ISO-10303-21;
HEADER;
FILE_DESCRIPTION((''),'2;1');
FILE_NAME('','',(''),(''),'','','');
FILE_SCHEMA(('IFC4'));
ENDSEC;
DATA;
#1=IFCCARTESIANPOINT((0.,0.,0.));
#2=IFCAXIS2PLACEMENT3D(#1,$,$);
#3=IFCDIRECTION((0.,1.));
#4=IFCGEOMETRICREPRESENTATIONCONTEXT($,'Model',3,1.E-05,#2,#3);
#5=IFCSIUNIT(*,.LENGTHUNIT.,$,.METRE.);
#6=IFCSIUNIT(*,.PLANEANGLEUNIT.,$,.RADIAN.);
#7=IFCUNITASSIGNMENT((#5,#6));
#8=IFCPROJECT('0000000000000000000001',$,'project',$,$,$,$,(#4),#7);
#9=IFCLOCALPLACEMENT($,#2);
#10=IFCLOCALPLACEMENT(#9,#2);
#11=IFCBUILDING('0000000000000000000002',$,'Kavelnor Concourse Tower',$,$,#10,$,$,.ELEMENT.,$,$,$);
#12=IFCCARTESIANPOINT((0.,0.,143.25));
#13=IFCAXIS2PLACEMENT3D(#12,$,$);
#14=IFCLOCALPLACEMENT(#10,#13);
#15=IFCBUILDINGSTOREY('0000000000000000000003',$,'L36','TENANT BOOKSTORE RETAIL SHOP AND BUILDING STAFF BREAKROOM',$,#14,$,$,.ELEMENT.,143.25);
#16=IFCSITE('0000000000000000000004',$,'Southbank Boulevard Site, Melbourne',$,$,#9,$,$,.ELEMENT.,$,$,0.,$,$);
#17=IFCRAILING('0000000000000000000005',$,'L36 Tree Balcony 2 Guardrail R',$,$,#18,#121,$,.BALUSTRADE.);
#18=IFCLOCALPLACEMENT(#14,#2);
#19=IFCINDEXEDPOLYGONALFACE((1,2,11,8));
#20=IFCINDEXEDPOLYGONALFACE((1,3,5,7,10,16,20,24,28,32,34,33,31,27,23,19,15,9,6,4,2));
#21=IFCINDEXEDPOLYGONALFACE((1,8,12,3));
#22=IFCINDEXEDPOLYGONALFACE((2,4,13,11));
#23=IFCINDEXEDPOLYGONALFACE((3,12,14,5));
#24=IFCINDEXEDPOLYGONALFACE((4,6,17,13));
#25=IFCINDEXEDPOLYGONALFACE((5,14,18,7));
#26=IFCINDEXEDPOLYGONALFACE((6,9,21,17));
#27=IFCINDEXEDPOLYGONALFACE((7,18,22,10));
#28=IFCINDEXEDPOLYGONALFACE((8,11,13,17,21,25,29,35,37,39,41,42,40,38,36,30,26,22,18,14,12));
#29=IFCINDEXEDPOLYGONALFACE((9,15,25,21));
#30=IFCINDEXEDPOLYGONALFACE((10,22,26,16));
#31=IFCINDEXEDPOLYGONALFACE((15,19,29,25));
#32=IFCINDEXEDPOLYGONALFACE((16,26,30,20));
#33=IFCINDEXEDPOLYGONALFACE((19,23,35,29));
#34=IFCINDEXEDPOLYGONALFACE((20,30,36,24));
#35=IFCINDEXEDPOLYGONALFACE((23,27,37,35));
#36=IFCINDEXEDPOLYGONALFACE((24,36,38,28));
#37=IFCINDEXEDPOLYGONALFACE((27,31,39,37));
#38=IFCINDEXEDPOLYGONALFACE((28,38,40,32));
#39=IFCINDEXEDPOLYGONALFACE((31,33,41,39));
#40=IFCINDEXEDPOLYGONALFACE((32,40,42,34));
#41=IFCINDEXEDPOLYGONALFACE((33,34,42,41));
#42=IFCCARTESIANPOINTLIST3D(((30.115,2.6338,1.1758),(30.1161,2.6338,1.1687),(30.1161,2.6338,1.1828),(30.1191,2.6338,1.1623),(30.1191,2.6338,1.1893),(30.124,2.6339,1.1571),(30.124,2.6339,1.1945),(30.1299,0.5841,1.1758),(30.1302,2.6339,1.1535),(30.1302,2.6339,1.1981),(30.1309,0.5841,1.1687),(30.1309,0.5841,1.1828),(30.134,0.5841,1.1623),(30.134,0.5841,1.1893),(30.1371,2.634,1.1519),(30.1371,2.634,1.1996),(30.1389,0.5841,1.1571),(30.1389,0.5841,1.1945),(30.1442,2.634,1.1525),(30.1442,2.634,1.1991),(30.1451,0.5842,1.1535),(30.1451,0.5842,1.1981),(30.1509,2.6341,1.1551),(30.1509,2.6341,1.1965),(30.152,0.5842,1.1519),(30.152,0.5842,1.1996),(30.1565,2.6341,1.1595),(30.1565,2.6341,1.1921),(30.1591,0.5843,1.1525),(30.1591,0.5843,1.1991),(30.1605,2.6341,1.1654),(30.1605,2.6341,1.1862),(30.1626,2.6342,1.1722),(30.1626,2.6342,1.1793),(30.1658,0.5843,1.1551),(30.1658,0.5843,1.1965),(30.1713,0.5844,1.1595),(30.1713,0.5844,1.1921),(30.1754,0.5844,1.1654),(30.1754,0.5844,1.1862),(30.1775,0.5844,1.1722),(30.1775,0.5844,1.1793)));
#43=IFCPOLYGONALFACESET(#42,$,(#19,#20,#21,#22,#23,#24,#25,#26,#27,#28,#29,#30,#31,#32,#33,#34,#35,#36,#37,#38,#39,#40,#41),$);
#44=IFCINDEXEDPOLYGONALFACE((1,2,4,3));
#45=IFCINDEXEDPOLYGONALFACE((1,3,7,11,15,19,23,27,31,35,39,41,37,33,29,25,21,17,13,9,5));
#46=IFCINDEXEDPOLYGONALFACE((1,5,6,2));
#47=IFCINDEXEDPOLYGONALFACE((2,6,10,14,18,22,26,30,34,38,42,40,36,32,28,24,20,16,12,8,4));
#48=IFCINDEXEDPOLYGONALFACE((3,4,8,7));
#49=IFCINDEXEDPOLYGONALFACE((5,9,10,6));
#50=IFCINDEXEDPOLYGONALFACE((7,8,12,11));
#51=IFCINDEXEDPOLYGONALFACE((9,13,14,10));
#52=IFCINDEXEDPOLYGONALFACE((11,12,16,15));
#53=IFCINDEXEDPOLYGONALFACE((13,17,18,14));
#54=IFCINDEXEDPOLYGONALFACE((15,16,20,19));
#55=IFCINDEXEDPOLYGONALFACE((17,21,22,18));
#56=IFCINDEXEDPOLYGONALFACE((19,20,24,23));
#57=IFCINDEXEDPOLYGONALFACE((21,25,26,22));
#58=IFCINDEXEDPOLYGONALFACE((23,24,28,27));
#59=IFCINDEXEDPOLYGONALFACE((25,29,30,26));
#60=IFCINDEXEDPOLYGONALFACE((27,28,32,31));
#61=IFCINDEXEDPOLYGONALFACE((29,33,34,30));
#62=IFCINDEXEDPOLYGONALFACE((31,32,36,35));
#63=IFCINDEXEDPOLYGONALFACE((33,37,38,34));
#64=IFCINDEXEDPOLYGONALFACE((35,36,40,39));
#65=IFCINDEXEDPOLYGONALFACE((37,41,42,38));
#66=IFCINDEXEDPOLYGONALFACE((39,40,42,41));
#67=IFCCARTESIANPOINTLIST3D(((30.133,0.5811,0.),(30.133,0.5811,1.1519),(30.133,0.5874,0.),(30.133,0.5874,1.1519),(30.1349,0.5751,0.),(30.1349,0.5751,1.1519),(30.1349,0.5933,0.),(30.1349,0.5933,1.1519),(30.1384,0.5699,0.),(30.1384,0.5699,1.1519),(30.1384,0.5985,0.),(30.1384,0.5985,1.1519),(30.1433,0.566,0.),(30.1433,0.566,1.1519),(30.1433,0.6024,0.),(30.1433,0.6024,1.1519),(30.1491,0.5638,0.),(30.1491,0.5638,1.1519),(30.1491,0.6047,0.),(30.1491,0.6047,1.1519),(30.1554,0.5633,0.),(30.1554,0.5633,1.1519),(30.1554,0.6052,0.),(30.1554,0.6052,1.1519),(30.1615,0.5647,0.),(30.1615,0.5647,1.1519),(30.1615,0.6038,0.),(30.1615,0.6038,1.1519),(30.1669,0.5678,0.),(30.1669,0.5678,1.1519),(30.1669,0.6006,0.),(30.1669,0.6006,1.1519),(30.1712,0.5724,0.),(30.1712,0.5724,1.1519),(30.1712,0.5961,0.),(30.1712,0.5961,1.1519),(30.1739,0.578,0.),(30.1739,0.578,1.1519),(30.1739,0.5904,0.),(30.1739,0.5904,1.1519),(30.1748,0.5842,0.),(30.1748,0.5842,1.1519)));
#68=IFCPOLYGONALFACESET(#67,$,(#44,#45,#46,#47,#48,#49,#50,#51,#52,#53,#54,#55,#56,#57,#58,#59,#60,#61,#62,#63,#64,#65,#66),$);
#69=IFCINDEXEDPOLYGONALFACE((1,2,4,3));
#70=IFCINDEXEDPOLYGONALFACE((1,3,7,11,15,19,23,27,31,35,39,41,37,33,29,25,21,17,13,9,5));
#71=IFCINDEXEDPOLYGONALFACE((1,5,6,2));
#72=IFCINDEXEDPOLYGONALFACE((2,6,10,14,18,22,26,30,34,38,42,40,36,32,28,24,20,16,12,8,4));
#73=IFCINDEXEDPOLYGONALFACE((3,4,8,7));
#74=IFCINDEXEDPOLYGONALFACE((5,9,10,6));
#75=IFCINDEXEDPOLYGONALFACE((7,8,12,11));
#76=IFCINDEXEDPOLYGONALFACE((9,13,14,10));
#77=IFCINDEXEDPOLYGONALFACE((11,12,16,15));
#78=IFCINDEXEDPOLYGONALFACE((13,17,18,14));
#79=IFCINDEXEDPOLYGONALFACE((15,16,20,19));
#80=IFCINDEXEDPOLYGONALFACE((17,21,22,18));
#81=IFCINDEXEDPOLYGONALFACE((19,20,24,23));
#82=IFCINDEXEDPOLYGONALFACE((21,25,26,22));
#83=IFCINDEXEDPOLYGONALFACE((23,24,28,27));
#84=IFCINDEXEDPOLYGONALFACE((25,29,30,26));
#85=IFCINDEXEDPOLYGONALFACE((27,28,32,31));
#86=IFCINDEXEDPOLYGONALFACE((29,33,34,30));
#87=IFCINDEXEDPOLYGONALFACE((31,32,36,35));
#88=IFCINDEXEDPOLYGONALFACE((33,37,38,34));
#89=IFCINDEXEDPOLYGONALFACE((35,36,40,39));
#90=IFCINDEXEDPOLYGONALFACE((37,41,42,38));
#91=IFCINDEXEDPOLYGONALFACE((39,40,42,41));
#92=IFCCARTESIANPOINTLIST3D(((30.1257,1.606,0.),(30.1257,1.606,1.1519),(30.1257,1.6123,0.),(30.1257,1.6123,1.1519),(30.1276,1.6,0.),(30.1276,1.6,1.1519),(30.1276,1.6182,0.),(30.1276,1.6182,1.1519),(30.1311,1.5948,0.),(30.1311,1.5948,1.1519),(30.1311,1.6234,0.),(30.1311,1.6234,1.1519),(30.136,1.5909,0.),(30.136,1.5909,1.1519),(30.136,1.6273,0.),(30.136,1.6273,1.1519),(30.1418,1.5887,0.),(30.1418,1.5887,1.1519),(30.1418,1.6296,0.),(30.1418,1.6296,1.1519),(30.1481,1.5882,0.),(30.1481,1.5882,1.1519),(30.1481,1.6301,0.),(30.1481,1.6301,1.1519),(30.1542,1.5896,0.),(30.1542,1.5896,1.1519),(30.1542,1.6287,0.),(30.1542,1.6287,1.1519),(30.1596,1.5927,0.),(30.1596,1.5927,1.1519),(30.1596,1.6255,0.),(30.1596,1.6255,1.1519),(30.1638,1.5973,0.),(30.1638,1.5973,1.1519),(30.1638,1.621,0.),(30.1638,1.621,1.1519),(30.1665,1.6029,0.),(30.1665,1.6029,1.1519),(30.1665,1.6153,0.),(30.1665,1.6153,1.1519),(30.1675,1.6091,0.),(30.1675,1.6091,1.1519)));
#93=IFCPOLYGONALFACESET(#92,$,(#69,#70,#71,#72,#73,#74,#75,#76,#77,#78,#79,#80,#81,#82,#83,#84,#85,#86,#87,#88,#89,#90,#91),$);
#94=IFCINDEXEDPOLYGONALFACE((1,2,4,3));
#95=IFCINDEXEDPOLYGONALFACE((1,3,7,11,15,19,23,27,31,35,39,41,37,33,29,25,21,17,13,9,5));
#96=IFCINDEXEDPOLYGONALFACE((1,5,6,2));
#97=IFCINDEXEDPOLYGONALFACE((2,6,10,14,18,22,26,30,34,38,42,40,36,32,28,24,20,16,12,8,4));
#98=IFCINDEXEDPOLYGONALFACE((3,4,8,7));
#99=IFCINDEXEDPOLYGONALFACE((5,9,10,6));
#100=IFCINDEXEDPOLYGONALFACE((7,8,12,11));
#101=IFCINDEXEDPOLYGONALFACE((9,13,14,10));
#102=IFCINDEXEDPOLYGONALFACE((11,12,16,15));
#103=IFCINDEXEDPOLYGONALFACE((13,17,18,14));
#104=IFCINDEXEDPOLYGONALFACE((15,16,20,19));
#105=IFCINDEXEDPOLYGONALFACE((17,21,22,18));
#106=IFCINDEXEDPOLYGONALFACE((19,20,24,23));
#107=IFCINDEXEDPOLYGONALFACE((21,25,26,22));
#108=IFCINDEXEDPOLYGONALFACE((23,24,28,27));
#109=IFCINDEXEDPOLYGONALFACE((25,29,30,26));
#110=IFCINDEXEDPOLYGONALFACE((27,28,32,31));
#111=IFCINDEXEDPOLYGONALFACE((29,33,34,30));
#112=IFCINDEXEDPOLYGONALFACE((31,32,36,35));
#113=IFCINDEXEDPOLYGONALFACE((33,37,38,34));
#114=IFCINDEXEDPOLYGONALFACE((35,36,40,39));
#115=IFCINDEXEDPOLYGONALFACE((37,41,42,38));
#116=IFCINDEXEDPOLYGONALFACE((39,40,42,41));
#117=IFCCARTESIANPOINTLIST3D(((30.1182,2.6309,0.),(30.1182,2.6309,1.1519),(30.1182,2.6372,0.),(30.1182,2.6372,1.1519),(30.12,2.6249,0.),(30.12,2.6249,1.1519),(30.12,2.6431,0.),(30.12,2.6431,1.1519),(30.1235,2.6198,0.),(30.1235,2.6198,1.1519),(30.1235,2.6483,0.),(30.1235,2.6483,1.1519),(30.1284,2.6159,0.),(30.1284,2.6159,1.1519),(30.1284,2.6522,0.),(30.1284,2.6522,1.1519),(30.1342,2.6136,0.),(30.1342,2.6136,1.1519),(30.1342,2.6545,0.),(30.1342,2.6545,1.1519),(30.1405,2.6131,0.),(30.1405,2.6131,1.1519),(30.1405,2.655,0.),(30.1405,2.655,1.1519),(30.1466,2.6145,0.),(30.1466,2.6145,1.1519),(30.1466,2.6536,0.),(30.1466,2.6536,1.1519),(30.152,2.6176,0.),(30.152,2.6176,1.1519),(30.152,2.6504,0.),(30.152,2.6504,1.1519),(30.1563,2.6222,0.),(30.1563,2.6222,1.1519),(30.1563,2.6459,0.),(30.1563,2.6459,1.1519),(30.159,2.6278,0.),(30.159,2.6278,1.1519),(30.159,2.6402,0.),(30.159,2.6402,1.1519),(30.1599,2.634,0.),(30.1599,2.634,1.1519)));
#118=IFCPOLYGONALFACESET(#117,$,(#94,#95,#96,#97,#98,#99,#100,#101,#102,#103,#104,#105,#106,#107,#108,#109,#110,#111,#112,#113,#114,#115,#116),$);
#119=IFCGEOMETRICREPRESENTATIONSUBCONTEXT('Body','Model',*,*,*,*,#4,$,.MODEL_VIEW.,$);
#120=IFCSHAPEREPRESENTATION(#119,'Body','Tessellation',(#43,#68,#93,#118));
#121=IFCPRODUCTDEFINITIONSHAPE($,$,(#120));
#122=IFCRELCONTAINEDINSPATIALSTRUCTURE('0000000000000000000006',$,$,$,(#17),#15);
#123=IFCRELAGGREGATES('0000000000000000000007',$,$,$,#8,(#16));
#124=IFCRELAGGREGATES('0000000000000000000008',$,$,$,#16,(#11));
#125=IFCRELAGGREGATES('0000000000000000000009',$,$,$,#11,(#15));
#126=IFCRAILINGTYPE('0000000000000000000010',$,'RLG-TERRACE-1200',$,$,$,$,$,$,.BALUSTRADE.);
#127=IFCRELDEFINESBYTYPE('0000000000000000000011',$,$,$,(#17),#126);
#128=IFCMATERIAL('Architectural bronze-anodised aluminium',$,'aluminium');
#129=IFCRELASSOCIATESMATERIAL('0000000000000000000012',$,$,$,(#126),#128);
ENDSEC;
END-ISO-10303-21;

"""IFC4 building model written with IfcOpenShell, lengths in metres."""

from ifc_helpers import new_model, si_unit, direction, frame, origin, origin_2d, place, context, subcontext, project, spatial, circle, extrude, material, type_object, element, save


model = new_model("IFC4")

# Units and contexts
model_context = context("Model", 3, precision=1e-05, world=origin(), true_north=direction((0.0, 1.0)))
body_context = subcontext(model_context, "Body", "Model", "MODEL_VIEW")
ifc_project = project(units=[si_unit("LENGTHUNIT", "METRE"), si_unit("PLANEANGLEUNIT", "RADIAN")], contexts=[model_context])

# Site, building, storey
site_placement = place(None, origin())
site = spatial("IfcSite", under=ifc_project, at=site_placement, Name="Southbank Boulevard Site, Melbourne", CompositionType="ELEMENT", RefElevation=0.0)
building_placement = place(site_placement, origin())
building = spatial("IfcBuilding", under=site, at=building_placement, Name="Kavelnor Concourse Tower", CompositionType="ELEMENT")
storey_placement = place(building_placement, frame((0.0, 0.0, 143.25)))
storey = spatial("IfcBuildingStorey", under=building, at=storey_placement, Name="L36", Description="TENANT BOOKSTORE RETAIL SHOP AND BUILDING STAFF BREAKROOM", CompositionType="ELEMENT", Elevation=143.25)

# Railing
ifc_material_1 = material(Name="Architectural bronze-anodised aluminium", Category="aluminium")
railing_type = type_object("IfcRailingType", Name="RLG-TERRACE-1200", PredefinedType="BALUSTRADE", material=ifc_material_1)
railing_placement = place(storey_placement, frame((30.1538, 0.5842, 0.0)))
element("IfcRailing", 1, at=railing_placement, inside=storey, type_object=railing_type, Name="L36 Tree Balcony 2 Guardrail R", PredefinedType="BALUSTRADE", context=body_context, shape_type="SweptSolid", body=[
    extrude(circle(Radius=0.0239, at=origin_2d()), frame((0.0, 0.0, 1.1758), z_axis=(-0.007265, 0.999974, 0.0), x_axis=(-0.999974, -0.007265, 0.0)), (0.0, 0.0, 1.0), 2.0498),
    extrude(circle(Radius=0.021, at=origin_2d()), origin(), (0.0, 0.0, 1.0), 1.1519),
    extrude(circle(Radius=0.021, at=origin_2d()), frame((-0.0073, 1.0249, 0.0)), (0.0, 0.0, 1.0), 1.1519),
    extrude(circle(Radius=0.021, at=origin_2d()), frame((-0.0149, 2.0498, 0.0)), (0.0, 0.0, 1.0), 1.1519),
])

save(model, "model.ifc")
